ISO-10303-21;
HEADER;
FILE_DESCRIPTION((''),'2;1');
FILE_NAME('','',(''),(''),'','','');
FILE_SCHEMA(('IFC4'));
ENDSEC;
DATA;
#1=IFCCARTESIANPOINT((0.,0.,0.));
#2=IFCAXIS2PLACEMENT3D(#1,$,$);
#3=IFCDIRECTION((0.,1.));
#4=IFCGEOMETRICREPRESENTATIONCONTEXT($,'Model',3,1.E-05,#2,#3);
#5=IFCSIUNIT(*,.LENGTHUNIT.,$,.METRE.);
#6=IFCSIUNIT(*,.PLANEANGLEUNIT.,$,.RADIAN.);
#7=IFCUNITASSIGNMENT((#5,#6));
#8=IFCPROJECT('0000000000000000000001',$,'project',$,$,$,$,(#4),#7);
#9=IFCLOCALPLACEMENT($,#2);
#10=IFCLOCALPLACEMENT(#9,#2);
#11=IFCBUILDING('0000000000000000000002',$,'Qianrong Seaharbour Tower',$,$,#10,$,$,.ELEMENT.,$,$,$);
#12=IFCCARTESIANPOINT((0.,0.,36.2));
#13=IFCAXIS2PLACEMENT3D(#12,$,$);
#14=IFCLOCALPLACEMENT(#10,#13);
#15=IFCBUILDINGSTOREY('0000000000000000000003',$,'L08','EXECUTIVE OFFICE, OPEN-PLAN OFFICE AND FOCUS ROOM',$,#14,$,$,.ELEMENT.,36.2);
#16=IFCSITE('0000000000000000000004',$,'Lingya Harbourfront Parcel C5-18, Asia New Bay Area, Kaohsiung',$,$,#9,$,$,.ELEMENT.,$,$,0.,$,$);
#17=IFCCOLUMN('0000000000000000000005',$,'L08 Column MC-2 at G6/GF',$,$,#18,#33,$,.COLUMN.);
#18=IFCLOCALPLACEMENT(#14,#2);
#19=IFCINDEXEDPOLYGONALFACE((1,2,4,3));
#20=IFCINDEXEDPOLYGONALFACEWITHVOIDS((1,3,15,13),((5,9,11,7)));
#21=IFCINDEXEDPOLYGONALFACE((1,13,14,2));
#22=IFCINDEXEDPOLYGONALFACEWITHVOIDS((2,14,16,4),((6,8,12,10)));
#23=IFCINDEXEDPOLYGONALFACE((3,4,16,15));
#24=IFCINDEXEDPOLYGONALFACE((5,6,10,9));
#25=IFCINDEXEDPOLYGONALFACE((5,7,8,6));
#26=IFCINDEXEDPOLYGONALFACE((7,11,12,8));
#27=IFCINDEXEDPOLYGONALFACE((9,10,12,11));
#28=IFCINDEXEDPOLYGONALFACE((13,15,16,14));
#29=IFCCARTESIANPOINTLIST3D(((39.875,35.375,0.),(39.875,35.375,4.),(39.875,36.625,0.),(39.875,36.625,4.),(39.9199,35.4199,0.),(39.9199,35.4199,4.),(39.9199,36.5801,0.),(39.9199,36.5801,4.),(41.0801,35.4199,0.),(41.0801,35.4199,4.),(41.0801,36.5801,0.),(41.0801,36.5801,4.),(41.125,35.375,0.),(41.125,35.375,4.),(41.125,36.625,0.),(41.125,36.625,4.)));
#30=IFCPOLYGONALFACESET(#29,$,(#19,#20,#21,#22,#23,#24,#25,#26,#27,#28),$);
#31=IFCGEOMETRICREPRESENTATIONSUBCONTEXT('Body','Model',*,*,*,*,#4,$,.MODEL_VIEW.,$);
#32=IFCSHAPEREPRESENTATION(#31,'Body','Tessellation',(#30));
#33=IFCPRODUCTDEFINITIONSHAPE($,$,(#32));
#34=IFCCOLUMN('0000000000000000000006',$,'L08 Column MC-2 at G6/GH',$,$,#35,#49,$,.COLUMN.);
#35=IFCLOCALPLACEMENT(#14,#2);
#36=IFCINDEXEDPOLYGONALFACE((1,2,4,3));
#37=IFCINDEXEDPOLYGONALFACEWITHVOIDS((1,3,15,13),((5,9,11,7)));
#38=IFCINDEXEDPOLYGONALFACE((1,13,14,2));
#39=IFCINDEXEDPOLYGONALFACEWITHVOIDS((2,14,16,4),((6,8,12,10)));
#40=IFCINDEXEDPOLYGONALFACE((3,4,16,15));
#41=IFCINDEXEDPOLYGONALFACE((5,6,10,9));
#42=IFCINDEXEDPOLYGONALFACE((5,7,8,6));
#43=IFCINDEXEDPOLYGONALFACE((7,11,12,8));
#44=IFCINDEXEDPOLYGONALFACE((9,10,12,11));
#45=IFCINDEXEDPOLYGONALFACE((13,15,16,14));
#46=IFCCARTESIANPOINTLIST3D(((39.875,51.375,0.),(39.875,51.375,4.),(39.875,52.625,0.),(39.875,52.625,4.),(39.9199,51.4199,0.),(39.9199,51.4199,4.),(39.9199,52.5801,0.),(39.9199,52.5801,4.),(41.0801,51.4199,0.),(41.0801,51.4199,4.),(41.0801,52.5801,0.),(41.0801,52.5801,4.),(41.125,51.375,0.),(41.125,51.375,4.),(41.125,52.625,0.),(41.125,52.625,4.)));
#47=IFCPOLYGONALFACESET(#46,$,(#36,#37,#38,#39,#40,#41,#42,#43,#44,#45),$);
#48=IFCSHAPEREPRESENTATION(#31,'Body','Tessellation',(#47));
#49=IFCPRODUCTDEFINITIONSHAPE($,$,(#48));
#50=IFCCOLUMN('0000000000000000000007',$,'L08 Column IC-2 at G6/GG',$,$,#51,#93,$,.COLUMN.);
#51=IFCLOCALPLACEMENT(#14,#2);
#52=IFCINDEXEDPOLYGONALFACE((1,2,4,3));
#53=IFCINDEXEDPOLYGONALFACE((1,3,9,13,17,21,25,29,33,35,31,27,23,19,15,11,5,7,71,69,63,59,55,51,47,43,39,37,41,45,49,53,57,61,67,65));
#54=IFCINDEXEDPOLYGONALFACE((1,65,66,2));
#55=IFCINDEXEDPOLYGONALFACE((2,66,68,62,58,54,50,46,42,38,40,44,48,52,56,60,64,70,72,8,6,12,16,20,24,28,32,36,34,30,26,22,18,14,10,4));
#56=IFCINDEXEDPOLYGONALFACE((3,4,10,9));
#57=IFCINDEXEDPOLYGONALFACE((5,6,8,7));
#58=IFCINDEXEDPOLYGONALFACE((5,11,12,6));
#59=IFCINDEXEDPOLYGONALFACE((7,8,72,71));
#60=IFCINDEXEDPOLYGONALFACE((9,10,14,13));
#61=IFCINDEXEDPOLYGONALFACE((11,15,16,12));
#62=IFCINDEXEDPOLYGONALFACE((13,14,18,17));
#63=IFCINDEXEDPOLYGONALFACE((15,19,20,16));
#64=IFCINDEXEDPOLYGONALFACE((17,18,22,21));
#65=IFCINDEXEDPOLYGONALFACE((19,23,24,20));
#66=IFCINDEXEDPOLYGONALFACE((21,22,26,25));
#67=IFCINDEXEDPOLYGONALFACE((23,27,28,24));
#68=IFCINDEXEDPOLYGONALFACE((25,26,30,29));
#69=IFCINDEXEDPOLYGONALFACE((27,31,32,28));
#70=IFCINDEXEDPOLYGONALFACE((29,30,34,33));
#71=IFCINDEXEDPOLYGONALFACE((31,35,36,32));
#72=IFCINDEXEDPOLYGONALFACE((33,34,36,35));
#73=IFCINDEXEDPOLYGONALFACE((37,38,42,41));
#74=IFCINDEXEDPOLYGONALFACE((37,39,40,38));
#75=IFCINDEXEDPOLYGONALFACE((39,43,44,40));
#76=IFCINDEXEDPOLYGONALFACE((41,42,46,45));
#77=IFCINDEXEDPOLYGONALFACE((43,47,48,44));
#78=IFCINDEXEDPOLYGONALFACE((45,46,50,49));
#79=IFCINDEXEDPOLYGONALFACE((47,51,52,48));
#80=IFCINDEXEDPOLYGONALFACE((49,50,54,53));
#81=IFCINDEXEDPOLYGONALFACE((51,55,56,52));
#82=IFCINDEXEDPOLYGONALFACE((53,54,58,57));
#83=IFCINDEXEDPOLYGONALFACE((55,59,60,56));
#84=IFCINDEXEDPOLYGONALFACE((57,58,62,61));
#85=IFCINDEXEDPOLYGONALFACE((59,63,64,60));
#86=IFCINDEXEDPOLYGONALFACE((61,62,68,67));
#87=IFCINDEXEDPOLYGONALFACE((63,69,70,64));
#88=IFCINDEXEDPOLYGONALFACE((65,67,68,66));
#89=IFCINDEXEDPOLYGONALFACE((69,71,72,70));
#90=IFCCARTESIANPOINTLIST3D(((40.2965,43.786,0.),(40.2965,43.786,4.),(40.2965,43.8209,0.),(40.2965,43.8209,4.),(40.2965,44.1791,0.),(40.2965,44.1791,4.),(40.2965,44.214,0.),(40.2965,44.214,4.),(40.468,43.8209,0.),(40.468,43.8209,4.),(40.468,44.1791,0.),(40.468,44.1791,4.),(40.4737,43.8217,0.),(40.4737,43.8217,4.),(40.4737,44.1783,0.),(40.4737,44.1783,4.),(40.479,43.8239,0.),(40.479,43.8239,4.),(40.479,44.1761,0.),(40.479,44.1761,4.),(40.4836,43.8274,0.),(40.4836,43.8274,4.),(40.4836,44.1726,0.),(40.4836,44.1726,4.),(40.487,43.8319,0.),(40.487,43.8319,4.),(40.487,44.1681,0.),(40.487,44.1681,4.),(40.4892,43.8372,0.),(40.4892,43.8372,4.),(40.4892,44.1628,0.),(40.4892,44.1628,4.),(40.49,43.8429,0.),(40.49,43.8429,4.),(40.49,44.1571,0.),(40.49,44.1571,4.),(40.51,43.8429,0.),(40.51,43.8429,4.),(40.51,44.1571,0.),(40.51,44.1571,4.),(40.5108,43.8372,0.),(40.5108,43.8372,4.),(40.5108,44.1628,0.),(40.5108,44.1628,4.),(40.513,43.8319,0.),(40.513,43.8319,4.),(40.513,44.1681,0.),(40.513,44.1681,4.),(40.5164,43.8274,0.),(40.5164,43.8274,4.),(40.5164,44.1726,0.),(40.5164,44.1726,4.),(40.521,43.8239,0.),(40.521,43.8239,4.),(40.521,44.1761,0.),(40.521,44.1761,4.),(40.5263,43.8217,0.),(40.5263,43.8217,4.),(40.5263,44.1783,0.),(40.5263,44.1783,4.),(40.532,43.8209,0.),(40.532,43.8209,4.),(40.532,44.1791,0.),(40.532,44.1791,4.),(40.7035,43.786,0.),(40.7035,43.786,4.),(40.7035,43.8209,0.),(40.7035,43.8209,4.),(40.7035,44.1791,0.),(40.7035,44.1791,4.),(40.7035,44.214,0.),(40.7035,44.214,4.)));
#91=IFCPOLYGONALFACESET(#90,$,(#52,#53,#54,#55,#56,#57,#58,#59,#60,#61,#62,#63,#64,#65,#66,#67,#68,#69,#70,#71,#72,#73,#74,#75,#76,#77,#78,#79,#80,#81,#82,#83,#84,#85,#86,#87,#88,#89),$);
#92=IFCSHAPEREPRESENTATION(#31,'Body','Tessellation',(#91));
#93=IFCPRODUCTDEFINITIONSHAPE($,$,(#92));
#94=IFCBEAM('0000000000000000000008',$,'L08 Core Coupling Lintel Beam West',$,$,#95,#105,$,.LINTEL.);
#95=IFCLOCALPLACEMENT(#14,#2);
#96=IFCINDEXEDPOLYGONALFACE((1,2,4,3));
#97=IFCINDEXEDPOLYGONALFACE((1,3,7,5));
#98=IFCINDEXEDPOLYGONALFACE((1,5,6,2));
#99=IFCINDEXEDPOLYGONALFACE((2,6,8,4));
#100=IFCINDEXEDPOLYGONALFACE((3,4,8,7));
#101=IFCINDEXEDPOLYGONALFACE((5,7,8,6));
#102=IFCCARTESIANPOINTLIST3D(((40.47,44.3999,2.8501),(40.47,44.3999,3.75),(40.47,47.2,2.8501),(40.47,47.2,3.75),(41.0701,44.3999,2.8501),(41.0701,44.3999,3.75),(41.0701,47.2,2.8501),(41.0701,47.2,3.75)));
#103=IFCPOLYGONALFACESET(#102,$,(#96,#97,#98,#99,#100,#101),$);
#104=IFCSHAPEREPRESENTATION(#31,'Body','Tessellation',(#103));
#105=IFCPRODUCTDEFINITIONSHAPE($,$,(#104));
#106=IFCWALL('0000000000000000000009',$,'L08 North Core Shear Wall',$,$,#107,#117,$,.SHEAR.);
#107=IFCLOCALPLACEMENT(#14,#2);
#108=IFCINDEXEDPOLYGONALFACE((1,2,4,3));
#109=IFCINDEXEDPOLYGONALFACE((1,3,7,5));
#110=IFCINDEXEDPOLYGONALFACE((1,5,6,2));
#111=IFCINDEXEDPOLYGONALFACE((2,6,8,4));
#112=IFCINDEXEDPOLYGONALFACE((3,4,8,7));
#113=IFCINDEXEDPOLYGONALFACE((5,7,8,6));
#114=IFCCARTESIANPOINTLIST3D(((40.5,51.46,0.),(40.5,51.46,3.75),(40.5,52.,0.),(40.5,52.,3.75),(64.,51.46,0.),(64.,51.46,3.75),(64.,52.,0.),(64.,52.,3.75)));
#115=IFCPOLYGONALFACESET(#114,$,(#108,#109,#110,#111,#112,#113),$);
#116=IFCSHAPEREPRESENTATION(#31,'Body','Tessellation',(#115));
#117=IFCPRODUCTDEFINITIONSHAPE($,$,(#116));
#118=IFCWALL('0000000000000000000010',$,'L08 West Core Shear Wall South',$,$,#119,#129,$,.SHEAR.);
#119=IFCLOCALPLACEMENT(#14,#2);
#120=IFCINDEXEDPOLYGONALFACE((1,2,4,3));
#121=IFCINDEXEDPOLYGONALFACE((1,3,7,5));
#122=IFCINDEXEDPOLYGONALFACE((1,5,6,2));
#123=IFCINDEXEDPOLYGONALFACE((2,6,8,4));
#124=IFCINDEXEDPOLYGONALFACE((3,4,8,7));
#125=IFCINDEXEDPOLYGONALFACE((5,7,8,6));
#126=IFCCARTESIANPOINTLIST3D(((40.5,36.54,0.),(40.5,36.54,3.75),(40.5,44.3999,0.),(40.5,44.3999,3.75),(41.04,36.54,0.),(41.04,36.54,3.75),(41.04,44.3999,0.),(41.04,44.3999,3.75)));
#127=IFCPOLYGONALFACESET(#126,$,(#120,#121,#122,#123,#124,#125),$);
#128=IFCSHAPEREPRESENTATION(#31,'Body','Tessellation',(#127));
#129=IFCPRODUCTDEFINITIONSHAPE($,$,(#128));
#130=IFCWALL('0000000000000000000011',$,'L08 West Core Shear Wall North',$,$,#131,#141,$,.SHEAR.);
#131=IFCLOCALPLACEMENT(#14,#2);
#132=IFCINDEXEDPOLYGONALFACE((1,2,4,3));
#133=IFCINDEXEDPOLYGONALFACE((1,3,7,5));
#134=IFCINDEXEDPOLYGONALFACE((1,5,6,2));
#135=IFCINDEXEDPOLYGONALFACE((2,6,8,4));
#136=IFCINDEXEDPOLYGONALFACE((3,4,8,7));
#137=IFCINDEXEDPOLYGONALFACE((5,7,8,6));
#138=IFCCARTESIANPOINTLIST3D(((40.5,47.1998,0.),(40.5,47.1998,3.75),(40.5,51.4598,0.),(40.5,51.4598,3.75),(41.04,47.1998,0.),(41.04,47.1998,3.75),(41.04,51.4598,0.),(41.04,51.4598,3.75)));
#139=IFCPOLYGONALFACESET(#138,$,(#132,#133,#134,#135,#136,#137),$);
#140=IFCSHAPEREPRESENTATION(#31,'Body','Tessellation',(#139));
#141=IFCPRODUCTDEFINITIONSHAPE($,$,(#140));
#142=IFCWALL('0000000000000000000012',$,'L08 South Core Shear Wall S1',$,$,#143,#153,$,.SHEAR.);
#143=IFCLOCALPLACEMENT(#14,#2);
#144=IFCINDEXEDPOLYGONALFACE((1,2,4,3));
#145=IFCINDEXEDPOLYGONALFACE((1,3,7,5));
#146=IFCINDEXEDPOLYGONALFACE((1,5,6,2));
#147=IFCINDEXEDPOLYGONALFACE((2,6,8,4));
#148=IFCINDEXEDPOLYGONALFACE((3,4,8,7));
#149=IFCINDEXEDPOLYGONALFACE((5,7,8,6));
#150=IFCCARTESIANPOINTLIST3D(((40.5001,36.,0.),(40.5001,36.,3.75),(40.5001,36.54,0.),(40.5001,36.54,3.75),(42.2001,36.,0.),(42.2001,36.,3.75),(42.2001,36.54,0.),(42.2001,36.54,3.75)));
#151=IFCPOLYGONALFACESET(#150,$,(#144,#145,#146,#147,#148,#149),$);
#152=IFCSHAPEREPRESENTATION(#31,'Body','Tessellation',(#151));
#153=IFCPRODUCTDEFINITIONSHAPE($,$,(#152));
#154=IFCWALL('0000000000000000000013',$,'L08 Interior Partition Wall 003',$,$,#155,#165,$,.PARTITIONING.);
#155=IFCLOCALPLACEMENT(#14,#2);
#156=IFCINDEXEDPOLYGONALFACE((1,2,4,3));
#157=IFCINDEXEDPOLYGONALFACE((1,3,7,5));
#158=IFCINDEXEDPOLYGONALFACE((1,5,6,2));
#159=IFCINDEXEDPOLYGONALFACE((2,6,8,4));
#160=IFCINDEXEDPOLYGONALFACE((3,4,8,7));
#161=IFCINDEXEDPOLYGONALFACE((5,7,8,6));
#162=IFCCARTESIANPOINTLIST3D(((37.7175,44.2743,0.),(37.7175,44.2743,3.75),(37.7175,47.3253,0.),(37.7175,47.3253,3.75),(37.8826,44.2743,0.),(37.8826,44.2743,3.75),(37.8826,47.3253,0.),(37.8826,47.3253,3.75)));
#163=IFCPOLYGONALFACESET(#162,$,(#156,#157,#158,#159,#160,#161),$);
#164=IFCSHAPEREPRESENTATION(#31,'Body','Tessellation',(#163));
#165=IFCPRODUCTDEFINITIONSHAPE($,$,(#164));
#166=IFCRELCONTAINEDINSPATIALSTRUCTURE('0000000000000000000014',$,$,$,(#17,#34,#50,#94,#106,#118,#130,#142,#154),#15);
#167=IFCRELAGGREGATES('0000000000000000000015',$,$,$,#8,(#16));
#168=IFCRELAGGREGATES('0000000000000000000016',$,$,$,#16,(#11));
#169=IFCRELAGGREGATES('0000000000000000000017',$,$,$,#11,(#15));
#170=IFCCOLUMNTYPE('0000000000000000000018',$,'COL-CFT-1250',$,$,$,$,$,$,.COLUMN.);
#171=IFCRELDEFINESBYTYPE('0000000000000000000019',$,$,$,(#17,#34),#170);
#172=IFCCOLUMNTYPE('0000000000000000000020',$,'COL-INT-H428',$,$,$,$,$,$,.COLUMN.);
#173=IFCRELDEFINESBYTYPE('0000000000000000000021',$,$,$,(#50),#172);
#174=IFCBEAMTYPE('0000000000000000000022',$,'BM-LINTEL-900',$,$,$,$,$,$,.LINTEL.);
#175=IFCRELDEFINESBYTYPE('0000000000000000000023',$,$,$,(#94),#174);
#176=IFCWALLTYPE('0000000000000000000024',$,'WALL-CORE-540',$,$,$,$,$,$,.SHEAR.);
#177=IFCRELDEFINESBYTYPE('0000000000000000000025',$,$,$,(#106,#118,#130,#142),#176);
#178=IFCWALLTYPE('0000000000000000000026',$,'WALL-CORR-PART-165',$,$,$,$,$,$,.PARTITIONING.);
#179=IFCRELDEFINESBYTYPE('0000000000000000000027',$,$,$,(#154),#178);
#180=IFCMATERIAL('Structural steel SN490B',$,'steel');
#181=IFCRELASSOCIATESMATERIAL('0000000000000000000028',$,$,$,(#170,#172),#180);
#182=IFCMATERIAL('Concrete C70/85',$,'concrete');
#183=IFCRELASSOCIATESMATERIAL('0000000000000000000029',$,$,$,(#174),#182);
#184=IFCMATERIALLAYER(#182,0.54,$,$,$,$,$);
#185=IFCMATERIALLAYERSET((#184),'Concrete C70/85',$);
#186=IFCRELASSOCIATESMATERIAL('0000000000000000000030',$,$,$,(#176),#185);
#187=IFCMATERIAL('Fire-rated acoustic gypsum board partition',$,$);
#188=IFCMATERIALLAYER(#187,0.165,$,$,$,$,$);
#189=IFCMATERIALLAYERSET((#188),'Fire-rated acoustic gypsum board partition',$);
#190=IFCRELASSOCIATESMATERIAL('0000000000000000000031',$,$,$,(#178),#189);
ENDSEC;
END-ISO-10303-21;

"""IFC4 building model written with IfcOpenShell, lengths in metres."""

from ifc_helpers import new_model, si_unit, direction, frame, frame_2d, origin, origin_2d, place, context, subcontext, project, spatial, rectangle, hollow_rectangle, i_section, extrude, material, layer, layer_set, material_profile, profile_set, type_object, element, save


model = new_model("IFC4")

# Units and contexts
model_context = context("Model", 3, precision=1e-05, world=origin(), true_north=direction((0.0, 1.0)))
body_context = subcontext(model_context, "Body", "Model", "MODEL_VIEW")
ifc_project = project(units=[si_unit("LENGTHUNIT", "METRE"), si_unit("PLANEANGLEUNIT", "RADIAN")], contexts=[model_context])

# Site, building, storey
site_placement = place(None, origin())
site = spatial("IfcSite", under=ifc_project, at=site_placement, Name="Lingya Harbourfront Parcel C5-18, Asia New Bay Area, Kaohsiung", CompositionType="ELEMENT", RefElevation=0.0)
building_placement = place(site_placement, origin())
building = spatial("IfcBuilding", under=site, at=building_placement, Name="Qianrong Seaharbour Tower", CompositionType="ELEMENT")
storey_placement = place(building_placement, frame((0.0, 0.0, 36.2)))
storey = spatial("IfcBuildingStorey", under=building, at=storey_placement, Name="L08", Description="EXECUTIVE OFFICE, OPEN-PLAN OFFICE AND FOCUS ROOM", CompositionType="ELEMENT", Elevation=36.2)

# Columns
ifc_material_1 = material(Name="Structural steel SN490B", Category="steel")
ifc_material_profile_1 = material_profile(ifc_material_1, hollow_rectangle(XDim=1.25, YDim=1.25, WallThickness=0.0449, at=origin_2d()), Name="BOX1250x1250x45")
ifc_profile_set_1 = profile_set([ifc_material_profile_1], Name="Structural steel SN490B")
column_type_1 = type_object("IfcColumnType", Name="COL-CFT-1250", PredefinedType="COLUMN", material=ifc_profile_set_1)
for number, where, z_axis, x_axis, name in (
    (1, (40.5, 36.0, 0.0), (0.0, 0.0, 1.0), (1.0, 0.0, 0.0), "L08 Column MC-2 at G6/GF"),
    (2, (40.5, 52.0, 0.0), (0.0, 0.0, 1.0), (1.0, 0.0, 0.0), "L08 Column MC-2 at G6/GH"),
):
    element("IfcColumn", number, at=place(storey_placement, frame(where, z_axis=z_axis, x_axis=x_axis)), inside=storey, type_object=column_type_1, Name=name, PredefinedType="COLUMN", context=body_context, shape_type="SweptSolid", body=[
        extrude(hollow_rectangle(XDim=1.25, YDim=1.25, WallThickness=0.0449, at=origin_2d()), origin(), (0.0, 0.0, 1.0), 4.0),
    ])
ifc_material_profile_2 = material_profile(ifc_material_1, i_section(OverallWidth=0.407, OverallDepth=0.428, WebThickness=0.02, FlangeThickness=0.0349, FilletRadius=0.022, at=origin_2d()), Name="H428x407x20x35")
ifc_profile_set_2 = profile_set([ifc_material_profile_2], Name="Structural steel SN490B")
column_type_2 = type_object("IfcColumnType", Name="COL-INT-H428", PredefinedType="COLUMN", material=ifc_profile_set_2)
column_placement = place(storey_placement, frame((40.5, 44.0, 0.0), z_axis=(0.0, 0.0, 1.0), x_axis=(1.0, 0.0, 0.0)))
element("IfcColumn", 3, at=column_placement, inside=storey, type_object=column_type_2, Name="L08 Column IC-2 at G6/GG", PredefinedType="COLUMN", context=body_context, shape_type="SweptSolid", body=[
    extrude(i_section(OverallWidth=0.407, OverallDepth=0.428, WebThickness=0.02, FlangeThickness=0.0349, FilletRadius=0.022, at=origin_2d()), origin(), (0.0, 0.0, 1.0), 4.0),
])

# Beam
ifc_material_2 = material(Name="Concrete C70/85", Category="concrete")
ifc_material_profile_3 = material_profile(ifc_material_2, rectangle(XDim=0.6001, YDim=0.8999, at=origin_2d()), Name="RC600x900")
ifc_profile_set_3 = profile_set([ifc_material_profile_3], Name="Concrete C70/85")
beam_type = type_object("IfcBeamType", Name="BM-LINTEL-900", PredefinedType="LINTEL", material=ifc_profile_set_3)
beam_placement = place(storey_placement, frame((40.77, 44.3999, 3.3), z_axis=(0.0, 1.0, 0.0), x_axis=(-1.0, 0.0, 0.0)))
element("IfcBeam", 4, at=beam_placement, inside=storey, type_object=beam_type, Name="L08 Core Coupling Lintel Beam West", PredefinedType="LINTEL", context=body_context, shape_type="SweptSolid", body=[
    extrude(rectangle(XDim=0.6001, YDim=0.8999, at=origin_2d()), origin(), (0.0, 0.0, 1.0), 2.8),
])

# Walls
ifc_layer_1 = layer(ifc_material_2, 0.54)
ifc_layer_set_1 = layer_set([ifc_layer_1], Name="Concrete C70/85")
wall_type_1 = type_object("IfcWallType", Name="WALL-CORE-540", PredefinedType="SHEAR", material=ifc_layer_set_1)
wall_1_placement = place(storey_placement, frame((40.5, 51.73, 0.0), z_axis=(0.0, 0.0, 1.0), x_axis=(1.0, 0.0, 0.0)))
element("IfcWall", 5, at=wall_1_placement, inside=storey, type_object=wall_type_1, Name="L08 North Core Shear Wall", PredefinedType="SHEAR", context=body_context, shape_type="SweptSolid", body=[
    extrude(rectangle(XDim=23.5, YDim=0.54, at=frame_2d((11.75, 0.0))), origin(), (0.0, 0.0, 1.0), 3.75),
])
wall_2_placement = place(storey_placement, frame((40.77, 36.54, 0.0), z_axis=(0.0, 0.0, 1.0), x_axis=(0.0, 1.0, 0.0)))
element("IfcWall", 6, at=wall_2_placement, inside=storey, type_object=wall_type_1, Name="L08 West Core Shear Wall South", PredefinedType="SHEAR", context=body_context, shape_type="SweptSolid", body=[
    extrude(rectangle(XDim=7.8599, YDim=0.54, at=frame_2d((3.9299, 0.0))), origin(), (0.0, 0.0, 1.0), 3.75),
])
wall_3_placement = place(storey_placement, frame((40.77, 47.2, 0.0), z_axis=(0.0, 0.0, 1.0), x_axis=(0.0, 1.0, 0.0)))
element("IfcWall", 7, at=wall_3_placement, inside=storey, type_object=wall_type_1, Name="L08 West Core Shear Wall North", PredefinedType="SHEAR", context=body_context, shape_type="SweptSolid", body=[
    extrude(rectangle(XDim=4.26, YDim=0.54, at=frame_2d((2.1299, 0.0))), origin(), (0.0, 0.0, 1.0), 3.75),
])
wall_4_placement = place(storey_placement, frame((40.5, 36.27, 0.0), z_axis=(0.0, 0.0, 1.0), x_axis=(1.0, 0.0, 0.0)))
element("IfcWall", 8, at=wall_4_placement, inside=storey, type_object=wall_type_1, Name="L08 South Core Shear Wall S1", PredefinedType="SHEAR", context=body_context, shape_type="SweptSolid", body=[
    extrude(rectangle(XDim=1.7, YDim=0.54, at=frame_2d((0.8501, 0.0))), origin(), (0.0, 0.0, 1.0), 3.75),
])

# Shared definitions
ifc_material_3 = material(Name="Fire-rated acoustic gypsum board partition")
ifc_layer_2 = layer(ifc_material_3, 0.165)
ifc_layer_set_2 = layer_set([ifc_layer_2], Name="Fire-rated acoustic gypsum board partition")
wall_type_2 = type_object("IfcWallType", Name="WALL-CORR-PART-165", PredefinedType="PARTITIONING", material=ifc_layer_set_2)

# Wall
wall_5_placement = place(storey_placement, frame((37.8, 44.2744, 0.0), z_axis=(0.0, 0.0, 1.0), x_axis=(0.0, 1.0, 0.0)))
element("IfcWall", 9, at=wall_5_placement, inside=storey, type_object=wall_type_2, Name="L08 Interior Partition Wall 003", PredefinedType="PARTITIONING", context=body_context, shape_type="SweptSolid", body=[
    extrude(rectangle(XDim=3.051, YDim=0.165, at=frame_2d((1.5254, 0.0))), origin(), (0.0, 0.0, 1.0), 3.75),
])

save(model, "model.ifc")
